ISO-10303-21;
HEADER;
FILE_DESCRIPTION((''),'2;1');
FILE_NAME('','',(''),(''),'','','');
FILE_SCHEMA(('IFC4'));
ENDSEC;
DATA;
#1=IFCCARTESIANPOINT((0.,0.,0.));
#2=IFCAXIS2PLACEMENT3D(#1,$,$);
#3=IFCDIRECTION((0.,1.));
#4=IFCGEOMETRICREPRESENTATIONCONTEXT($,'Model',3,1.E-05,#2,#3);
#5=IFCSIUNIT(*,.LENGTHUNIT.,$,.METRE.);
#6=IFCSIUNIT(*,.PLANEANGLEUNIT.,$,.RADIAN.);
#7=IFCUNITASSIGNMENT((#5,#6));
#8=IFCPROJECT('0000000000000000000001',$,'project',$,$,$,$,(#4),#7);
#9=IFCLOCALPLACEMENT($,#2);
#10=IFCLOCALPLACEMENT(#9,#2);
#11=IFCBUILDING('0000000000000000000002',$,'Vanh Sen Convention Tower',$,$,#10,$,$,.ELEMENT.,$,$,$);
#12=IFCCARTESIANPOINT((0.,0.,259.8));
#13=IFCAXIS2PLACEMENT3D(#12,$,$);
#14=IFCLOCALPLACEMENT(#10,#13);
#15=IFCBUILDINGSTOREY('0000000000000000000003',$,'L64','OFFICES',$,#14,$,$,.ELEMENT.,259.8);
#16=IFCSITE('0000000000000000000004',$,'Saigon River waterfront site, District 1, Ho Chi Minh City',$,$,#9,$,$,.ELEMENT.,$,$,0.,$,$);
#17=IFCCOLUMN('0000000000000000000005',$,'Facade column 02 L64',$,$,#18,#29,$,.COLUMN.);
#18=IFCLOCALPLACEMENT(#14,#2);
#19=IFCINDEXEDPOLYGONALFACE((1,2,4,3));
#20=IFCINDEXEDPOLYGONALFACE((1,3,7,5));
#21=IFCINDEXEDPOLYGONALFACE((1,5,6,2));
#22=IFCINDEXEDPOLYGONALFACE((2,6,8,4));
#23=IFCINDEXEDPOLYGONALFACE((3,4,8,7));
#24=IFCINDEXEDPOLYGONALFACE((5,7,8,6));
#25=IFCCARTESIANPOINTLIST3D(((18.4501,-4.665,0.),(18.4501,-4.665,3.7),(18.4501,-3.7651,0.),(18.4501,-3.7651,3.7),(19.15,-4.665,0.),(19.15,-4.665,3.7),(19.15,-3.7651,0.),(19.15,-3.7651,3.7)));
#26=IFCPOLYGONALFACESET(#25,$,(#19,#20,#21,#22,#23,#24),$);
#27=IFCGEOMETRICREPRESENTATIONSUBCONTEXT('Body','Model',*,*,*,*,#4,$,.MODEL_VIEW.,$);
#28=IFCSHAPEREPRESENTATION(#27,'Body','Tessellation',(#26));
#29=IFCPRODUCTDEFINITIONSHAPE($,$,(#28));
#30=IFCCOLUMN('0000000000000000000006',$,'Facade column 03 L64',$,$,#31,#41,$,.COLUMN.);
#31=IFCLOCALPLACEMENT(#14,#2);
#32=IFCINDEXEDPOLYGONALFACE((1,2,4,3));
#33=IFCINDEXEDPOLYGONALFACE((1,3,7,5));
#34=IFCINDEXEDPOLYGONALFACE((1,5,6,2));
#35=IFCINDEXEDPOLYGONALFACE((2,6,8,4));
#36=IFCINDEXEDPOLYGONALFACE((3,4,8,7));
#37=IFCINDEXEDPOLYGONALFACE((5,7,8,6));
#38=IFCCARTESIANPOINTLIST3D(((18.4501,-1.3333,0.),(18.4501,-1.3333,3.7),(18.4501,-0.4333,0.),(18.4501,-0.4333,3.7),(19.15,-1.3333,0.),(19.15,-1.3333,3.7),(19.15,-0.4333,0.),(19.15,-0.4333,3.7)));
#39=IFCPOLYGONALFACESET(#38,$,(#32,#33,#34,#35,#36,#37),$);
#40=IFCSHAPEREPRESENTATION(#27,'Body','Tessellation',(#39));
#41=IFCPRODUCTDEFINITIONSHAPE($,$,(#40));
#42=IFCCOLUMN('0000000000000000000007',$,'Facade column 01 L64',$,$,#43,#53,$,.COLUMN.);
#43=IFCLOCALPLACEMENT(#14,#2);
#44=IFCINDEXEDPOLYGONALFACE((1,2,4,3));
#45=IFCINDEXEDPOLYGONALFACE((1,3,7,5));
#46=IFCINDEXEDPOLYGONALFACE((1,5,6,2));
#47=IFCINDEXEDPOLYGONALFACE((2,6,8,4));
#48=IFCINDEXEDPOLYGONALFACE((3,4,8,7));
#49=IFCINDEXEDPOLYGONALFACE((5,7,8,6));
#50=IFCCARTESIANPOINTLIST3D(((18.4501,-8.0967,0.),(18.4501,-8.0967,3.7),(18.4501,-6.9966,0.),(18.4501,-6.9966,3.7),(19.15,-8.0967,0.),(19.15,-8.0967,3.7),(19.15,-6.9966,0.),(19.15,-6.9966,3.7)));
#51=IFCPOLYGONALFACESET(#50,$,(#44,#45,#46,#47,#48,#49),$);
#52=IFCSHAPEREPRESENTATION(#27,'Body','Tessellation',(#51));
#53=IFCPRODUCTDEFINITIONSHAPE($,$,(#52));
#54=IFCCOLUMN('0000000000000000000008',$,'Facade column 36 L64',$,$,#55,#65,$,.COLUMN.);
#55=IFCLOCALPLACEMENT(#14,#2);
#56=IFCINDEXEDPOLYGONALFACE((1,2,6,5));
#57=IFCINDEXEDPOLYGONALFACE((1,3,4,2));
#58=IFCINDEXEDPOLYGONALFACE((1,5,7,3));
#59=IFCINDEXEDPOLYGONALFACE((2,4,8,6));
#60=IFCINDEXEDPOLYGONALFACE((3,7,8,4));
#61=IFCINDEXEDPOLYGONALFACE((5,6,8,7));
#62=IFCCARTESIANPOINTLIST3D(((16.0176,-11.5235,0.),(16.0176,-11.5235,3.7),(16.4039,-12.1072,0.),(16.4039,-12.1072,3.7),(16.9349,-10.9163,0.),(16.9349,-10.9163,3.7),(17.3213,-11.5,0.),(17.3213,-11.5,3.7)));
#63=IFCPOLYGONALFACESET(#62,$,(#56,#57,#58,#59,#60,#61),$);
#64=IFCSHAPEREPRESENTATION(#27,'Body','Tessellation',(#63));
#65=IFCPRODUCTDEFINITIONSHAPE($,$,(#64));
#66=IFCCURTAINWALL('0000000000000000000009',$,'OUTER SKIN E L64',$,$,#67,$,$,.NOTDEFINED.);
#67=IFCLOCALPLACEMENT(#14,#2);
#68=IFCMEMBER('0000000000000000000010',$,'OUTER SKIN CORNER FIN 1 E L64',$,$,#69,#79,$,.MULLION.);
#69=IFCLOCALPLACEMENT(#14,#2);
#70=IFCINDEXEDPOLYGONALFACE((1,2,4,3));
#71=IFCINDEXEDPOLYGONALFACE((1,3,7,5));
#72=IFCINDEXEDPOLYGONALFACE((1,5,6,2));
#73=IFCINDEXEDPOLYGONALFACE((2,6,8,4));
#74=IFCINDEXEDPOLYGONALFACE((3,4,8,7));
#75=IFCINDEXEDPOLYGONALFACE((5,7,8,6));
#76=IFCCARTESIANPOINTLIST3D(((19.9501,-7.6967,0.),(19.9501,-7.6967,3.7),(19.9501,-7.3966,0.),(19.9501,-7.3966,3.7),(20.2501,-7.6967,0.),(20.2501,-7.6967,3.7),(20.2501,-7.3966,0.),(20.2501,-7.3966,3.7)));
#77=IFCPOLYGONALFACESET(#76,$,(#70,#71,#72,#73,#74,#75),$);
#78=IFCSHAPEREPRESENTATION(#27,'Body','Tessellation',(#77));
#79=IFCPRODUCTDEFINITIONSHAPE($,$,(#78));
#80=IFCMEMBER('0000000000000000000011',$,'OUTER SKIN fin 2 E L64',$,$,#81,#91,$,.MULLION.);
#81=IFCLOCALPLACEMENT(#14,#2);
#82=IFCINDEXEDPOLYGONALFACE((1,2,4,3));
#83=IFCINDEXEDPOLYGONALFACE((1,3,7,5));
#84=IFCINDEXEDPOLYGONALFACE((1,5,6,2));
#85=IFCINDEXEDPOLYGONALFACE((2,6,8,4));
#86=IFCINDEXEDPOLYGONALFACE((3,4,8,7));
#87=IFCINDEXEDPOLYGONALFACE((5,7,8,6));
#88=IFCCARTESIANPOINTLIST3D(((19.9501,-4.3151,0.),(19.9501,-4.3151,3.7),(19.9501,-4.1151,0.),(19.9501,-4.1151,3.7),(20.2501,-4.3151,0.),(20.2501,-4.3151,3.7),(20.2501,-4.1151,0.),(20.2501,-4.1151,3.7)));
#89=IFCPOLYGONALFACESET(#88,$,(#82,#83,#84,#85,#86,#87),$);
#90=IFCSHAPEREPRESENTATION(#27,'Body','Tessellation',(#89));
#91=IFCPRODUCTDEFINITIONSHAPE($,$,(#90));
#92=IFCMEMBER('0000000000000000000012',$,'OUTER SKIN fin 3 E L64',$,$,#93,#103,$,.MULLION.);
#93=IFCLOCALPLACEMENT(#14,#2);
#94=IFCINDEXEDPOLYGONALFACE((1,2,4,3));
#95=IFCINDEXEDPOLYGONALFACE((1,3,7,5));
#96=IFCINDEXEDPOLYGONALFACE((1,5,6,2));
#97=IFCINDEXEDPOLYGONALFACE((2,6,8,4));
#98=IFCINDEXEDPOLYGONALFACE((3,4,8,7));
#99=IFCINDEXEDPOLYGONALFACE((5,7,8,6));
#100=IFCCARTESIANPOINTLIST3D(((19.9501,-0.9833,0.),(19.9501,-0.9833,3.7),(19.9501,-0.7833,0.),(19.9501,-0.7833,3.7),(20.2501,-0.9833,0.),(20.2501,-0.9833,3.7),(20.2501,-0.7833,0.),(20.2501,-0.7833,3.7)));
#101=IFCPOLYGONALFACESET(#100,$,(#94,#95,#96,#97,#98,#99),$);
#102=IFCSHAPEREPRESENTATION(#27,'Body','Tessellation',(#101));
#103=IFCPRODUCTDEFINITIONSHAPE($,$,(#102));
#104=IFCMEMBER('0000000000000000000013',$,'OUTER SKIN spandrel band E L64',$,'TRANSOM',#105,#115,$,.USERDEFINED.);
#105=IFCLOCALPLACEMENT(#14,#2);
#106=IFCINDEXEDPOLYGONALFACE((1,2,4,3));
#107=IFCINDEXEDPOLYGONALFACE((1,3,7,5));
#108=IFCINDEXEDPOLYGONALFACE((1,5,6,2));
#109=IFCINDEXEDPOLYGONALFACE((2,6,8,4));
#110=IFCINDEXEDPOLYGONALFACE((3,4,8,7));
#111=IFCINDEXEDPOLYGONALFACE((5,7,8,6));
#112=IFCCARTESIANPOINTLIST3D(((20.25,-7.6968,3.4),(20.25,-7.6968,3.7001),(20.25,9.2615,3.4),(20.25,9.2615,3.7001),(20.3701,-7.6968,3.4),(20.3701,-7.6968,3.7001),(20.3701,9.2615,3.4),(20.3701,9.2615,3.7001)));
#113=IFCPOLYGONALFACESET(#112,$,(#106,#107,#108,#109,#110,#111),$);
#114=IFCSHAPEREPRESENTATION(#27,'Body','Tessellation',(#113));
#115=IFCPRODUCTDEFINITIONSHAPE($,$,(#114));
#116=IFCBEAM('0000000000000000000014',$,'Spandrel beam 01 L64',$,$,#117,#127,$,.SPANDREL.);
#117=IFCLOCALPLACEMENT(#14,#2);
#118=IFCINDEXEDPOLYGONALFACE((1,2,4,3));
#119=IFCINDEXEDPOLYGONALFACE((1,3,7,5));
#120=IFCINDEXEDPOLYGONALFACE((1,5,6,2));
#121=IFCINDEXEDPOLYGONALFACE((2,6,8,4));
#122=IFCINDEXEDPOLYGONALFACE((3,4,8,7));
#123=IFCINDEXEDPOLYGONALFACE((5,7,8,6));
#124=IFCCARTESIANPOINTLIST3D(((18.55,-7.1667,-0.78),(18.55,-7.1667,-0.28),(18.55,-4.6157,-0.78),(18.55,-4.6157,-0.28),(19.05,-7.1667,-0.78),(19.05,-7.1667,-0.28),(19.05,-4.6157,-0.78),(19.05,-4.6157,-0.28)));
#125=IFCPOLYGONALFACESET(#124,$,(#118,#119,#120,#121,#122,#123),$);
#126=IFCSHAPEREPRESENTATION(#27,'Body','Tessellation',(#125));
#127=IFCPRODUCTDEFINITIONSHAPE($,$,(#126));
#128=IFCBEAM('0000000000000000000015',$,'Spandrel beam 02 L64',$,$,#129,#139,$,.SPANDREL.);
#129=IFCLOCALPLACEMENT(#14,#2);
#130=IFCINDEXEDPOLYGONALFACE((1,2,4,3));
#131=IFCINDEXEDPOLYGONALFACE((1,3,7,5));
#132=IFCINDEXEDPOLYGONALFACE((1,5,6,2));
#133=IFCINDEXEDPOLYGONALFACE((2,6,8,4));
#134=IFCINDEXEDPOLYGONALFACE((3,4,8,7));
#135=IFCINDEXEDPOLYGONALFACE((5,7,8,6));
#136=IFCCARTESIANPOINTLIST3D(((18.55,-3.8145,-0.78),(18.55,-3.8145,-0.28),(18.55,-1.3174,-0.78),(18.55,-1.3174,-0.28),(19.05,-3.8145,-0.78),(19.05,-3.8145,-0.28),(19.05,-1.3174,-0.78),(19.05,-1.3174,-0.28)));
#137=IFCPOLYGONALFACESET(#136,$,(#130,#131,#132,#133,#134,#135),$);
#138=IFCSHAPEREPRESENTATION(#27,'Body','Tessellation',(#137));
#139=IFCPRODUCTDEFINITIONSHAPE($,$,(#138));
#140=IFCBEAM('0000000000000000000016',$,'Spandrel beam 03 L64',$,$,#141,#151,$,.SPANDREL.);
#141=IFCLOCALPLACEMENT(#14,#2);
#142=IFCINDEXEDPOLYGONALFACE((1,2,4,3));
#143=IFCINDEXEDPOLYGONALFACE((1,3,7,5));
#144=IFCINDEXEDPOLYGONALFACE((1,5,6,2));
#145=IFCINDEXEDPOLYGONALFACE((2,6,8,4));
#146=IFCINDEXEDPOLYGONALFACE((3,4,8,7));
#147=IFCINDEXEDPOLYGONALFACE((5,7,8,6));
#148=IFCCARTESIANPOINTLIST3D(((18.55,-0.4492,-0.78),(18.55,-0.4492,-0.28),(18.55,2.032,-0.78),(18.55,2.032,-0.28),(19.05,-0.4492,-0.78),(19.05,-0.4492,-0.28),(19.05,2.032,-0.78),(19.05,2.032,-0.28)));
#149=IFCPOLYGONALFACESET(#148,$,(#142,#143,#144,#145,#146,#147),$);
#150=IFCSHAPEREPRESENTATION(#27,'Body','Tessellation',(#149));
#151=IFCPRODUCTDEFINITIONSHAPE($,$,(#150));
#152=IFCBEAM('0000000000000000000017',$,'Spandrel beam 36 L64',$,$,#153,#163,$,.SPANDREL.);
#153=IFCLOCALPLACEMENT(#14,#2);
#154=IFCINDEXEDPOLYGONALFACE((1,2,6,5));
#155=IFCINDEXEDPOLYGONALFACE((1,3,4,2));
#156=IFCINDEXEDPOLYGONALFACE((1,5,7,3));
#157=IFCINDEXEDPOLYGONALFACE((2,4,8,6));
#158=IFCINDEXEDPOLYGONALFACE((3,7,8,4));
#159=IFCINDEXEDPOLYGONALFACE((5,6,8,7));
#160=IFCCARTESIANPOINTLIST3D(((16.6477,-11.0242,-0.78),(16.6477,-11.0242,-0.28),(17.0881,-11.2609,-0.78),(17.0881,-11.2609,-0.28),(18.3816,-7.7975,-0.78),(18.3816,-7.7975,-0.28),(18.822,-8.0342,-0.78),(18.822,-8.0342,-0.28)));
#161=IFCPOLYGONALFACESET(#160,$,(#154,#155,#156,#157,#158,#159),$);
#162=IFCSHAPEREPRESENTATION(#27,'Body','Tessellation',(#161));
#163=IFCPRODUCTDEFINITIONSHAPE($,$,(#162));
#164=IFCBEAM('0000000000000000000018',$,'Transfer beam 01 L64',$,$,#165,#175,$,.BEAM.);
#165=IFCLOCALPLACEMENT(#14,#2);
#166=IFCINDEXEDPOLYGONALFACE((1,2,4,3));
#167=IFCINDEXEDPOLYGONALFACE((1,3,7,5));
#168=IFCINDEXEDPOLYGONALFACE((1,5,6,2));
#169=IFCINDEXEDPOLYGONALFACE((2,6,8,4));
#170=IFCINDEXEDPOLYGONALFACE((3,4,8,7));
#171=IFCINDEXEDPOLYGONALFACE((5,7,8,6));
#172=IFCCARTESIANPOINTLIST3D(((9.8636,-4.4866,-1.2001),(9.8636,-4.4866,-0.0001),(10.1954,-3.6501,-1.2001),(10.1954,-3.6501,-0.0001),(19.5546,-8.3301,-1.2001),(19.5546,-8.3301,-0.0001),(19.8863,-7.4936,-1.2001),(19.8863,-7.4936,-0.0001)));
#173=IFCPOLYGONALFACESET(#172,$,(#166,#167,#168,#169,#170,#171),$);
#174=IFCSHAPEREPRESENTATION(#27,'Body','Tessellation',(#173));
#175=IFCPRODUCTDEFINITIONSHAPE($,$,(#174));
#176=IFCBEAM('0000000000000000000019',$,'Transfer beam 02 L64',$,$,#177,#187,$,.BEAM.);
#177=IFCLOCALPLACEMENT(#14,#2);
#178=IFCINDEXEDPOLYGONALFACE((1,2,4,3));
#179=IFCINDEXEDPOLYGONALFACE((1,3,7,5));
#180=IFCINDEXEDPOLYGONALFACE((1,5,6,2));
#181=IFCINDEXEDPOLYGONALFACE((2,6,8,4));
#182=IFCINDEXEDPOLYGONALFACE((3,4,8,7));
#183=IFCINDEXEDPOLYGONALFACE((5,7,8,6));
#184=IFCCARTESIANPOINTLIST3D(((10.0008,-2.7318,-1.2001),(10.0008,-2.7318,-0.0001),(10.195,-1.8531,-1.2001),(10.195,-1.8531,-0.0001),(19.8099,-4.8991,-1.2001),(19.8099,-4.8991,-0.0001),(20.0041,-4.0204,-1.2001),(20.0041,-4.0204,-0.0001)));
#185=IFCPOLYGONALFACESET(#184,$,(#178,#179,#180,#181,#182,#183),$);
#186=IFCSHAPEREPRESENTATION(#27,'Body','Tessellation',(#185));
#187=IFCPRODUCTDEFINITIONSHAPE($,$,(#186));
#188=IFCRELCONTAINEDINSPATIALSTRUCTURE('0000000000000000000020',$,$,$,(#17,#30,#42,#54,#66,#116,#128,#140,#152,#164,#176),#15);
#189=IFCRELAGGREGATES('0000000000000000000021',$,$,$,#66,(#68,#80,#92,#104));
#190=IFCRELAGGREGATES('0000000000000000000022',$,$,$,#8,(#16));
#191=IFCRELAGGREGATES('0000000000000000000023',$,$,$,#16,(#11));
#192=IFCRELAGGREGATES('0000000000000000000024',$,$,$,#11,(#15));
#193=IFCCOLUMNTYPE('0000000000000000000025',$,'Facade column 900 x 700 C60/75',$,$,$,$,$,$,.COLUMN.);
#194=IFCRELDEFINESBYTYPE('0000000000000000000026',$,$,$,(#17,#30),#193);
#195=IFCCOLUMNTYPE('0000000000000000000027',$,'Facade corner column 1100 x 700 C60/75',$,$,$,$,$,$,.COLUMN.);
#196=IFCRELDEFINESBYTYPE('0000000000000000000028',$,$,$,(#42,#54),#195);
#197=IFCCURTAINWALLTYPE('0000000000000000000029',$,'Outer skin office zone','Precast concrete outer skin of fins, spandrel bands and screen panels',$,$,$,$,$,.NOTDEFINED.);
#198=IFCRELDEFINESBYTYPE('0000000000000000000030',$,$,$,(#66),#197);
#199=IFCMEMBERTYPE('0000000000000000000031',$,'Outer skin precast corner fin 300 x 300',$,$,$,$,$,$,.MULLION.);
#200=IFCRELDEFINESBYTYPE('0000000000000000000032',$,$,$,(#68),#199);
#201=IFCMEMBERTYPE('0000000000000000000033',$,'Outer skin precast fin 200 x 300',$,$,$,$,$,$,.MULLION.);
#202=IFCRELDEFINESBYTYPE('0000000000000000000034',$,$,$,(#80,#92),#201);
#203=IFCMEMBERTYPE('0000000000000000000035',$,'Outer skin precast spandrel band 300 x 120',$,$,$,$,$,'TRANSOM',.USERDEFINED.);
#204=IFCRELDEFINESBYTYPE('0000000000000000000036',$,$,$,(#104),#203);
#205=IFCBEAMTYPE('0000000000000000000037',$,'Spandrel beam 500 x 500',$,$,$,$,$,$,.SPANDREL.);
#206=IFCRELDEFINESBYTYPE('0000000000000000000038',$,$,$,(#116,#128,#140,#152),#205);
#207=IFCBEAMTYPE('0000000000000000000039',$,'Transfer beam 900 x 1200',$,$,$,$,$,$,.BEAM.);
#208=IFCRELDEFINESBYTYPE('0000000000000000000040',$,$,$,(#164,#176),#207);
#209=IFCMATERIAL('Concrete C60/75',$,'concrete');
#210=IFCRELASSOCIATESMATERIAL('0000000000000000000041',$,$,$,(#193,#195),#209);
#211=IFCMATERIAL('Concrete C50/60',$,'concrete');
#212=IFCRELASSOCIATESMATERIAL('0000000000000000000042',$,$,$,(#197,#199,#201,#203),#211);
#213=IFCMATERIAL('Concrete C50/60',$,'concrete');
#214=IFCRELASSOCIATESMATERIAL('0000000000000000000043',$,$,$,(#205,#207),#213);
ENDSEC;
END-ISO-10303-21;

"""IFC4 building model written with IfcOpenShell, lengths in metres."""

from ifc_helpers import new_model, si_unit, direction, frame, origin, origin_2d, place, context, subcontext, project, spatial, rectangle, extrude, material, material_profile, profile_set, type_object, element, aggregate, save


model = new_model("IFC4")

# Units and contexts
model_context = context("Model", 3, precision=1e-05, world=origin(), true_north=direction((0.0, 1.0)))
body_context = subcontext(model_context, "Body", "Model", "MODEL_VIEW")
ifc_project = project(units=[si_unit("LENGTHUNIT", "METRE"), si_unit("PLANEANGLEUNIT", "RADIAN")], contexts=[model_context])

# Site, building, storey
site_placement = place(None, origin())
site = spatial("IfcSite", under=ifc_project, at=site_placement, Name="Saigon River waterfront site, District 1, Ho Chi Minh City", CompositionType="ELEMENT", RefElevation=0.0)
building_placement = place(site_placement, origin())
building = spatial("IfcBuilding", under=site, at=building_placement, Name="Vanh Sen Convention Tower", CompositionType="ELEMENT")
storey_placement = place(building_placement, frame((0.0, 0.0, 259.8)))
storey = spatial("IfcBuildingStorey", under=building, at=storey_placement, Name="L64", Description="OFFICES", CompositionType="ELEMENT", Elevation=259.8)

# Columns
ifc_material_1 = material(Name="Concrete C60/75", Category="concrete")
ifc_material_profile_1 = material_profile(ifc_material_1, rectangle(XDim=0.8999, YDim=0.7, at=origin_2d()), Name="RC 900X700")
ifc_profile_set_1 = profile_set([ifc_material_profile_1], Name="Concrete C60/75")
column_type_1 = type_object("IfcColumnType", Name="Facade column 900 x 700 C60/75", PredefinedType="COLUMN", material=ifc_profile_set_1)
for number, where, z_axis, x_axis, name in (
    (1, (18.8, -4.2151, 0.0), (0.0, 0.0, 1.0), (0.0, 1.0, 0.0), "Facade column 02 L64"),
    (2, (18.8, -0.8833, 0.0), (0.0, 0.0, 1.0), (0.0, 1.0, 0.0), "Facade column 03 L64"),
):
    element("IfcColumn", number, at=place(storey_placement, frame(where, z_axis=z_axis, x_axis=x_axis)), inside=storey, type_object=column_type_1, Name=name, PredefinedType="COLUMN", context=body_context, shape_type="SweptSolid", body=[
        extrude(rectangle(XDim=0.8999, YDim=0.7, at=origin_2d()), origin(), (0.0, 0.0, 1.0), 3.7),
    ])
ifc_material_profile_2 = material_profile(ifc_material_1, rectangle(XDim=1.1001, YDim=0.7, at=origin_2d()), Name="RC 1100X700")
ifc_profile_set_2 = profile_set([ifc_material_profile_2], Name="Concrete C60/75")
column_type_2 = type_object("IfcColumnType", Name="Facade corner column 1100 x 700 C60/75", PredefinedType="COLUMN", material=ifc_profile_set_2)
for number, where, z_axis, x_axis, name in (
    (3, (18.8, -7.5466, 0.0), (0.0, 0.0, 1.0), (0.0, 1.0, 0.0), "Facade column 01 L64"),
    (4, (16.6694, -11.5117, 0.0), (0.0, 0.0, 1.0), (0.833886, 0.551937, 0.0), "Facade column 36 L64"),
):
    element("IfcColumn", number, at=place(storey_placement, frame(where, z_axis=z_axis, x_axis=x_axis)), inside=storey, type_object=column_type_2, Name=name, PredefinedType="COLUMN", context=body_context, shape_type="SweptSolid", body=[
        extrude(rectangle(XDim=1.1001, YDim=0.7, at=origin_2d()), origin(), (0.0, 0.0, 1.0), 3.7),
    ])

# Curtain wall, members
ifc_material_2 = material(Name="Concrete C50/60", Category="concrete")
curtain_wall_type = type_object("IfcCurtainWallType", Name="Outer skin office zone", Description="Precast concrete outer skin of fins, spandrel bands and screen panels", PredefinedType="NOTDEFINED", material=ifc_material_2)
curtain_wall_1_placement = place(storey_placement, origin())
curtain_wall_1 = element("IfcCurtainWall", 5, at=curtain_wall_1_placement, inside=storey, type_object=curtain_wall_type, Name="OUTER SKIN E L64", PredefinedType="NOTDEFINED")
ifc_material_profile_3 = material_profile(ifc_material_2, rectangle(XDim=0.3, YDim=0.3, at=origin_2d()), Name="Outer skin precast corner fin 300 x 300")
ifc_profile_set_3 = profile_set([ifc_material_profile_3], Name="Concrete C50/60")
member_type_1 = type_object("IfcMemberType", Name="Outer skin precast corner fin 300 x 300", PredefinedType="MULLION", material=ifc_profile_set_3)
member_1_placement = place(storey_placement, frame((20.1001, -7.5466, 0.0), z_axis=(0.0, 0.0, 1.0), x_axis=(0.0, 1.0, 0.0)))
member_1 = element("IfcMember", 6, at=member_1_placement, type_object=member_type_1, Name="OUTER SKIN CORNER FIN 1 E L64", PredefinedType="MULLION", context=body_context, shape_type="SweptSolid", body=[
    extrude(rectangle(XDim=0.3, YDim=0.3, at=origin_2d()), origin(), (0.0, 0.0, 1.0), 3.7),
])
ifc_material_profile_4 = material_profile(ifc_material_2, rectangle(XDim=0.2, YDim=0.3, at=origin_2d()), Name="Outer skin precast fin 200 x 300")
ifc_profile_set_4 = profile_set([ifc_material_profile_4], Name="Concrete C50/60")
member_type_2 = type_object("IfcMemberType", Name="Outer skin precast fin 200 x 300", PredefinedType="MULLION", material=ifc_profile_set_4)
member_2_placement = place(storey_placement, frame((20.1001, -4.2151, 0.0), z_axis=(0.0, 0.0, 1.0), x_axis=(0.0, 1.0, 0.0)))
member_2 = element("IfcMember", 7, at=member_2_placement, type_object=member_type_2, Name="OUTER SKIN fin 2 E L64", PredefinedType="MULLION", context=body_context, shape_type="SweptSolid", body=[
    extrude(rectangle(XDim=0.2, YDim=0.3, at=origin_2d()), origin(), (0.0, 0.0, 1.0), 3.7),
])
member_3_placement = place(storey_placement, frame((20.1001, -0.8833, 0.0), z_axis=(0.0, 0.0, 1.0), x_axis=(0.0, 1.0, 0.0)))
member_3 = element("IfcMember", 8, at=member_3_placement, type_object=member_type_2, Name="OUTER SKIN fin 3 E L64", PredefinedType="MULLION", context=body_context, shape_type="SweptSolid", body=[
    extrude(rectangle(XDim=0.2, YDim=0.3, at=origin_2d()), origin(), (0.0, 0.0, 1.0), 3.7),
])
ifc_material_profile_5 = material_profile(ifc_material_2, rectangle(XDim=0.1201, YDim=0.3, at=origin_2d()), Name="Outer skin precast spandrel band 300 x 120")
ifc_profile_set_5 = profile_set([ifc_material_profile_5], Name="Concrete C50/60")
member_type_3 = type_object("IfcMemberType", Name="Outer skin precast spandrel band 300 x 120", ElementType="TRANSOM", PredefinedType="USERDEFINED", material=ifc_profile_set_5)
member_4_placement = place(storey_placement, frame((20.3101, -7.6968, 3.55), z_axis=(0.0, 1.0, 0.0), x_axis=(-1.0, 0.0, 0.0)))
member_4 = element("IfcMember", 9, at=member_4_placement, type_object=member_type_3, Name="OUTER SKIN spandrel band E L64", ObjectType="TRANSOM", PredefinedType="USERDEFINED", context=body_context, shape_type="SweptSolid", body=[
    extrude(rectangle(XDim=0.1201, YDim=0.3, at=origin_2d()), origin(), (0.0, 0.0, 1.0), 16.9583),
])

# Beams
ifc_material_3 = material(Name="Concrete C50/60", Category="concrete")
ifc_material_profile_6 = material_profile(ifc_material_3, rectangle(XDim=0.5, YDim=0.5, at=origin_2d()), Name="RC 500X500")
ifc_profile_set_6 = profile_set([ifc_material_profile_6], Name="Concrete C50/60")
beam_type_1 = type_object("IfcBeamType", Name="Spandrel beam 500 x 500", PredefinedType="SPANDREL", material=ifc_profile_set_6)
beam_1_placement = place(storey_placement, frame((18.8, -7.1667, -0.53), z_axis=(0.0, 1.0, 0.0), x_axis=(-1.0, 0.0, 0.0)))
element("IfcBeam", 10, at=beam_1_placement, inside=storey, type_object=beam_type_1, Name="Spandrel beam 01 L64", PredefinedType="SPANDREL", context=body_context, shape_type="SweptSolid", body=[
    extrude(rectangle(XDim=0.5, YDim=0.5, at=origin_2d()), origin(), (0.0, 0.0, 1.0), 2.551),
])
beam_2_placement = place(storey_placement, frame((18.8, -3.8145, -0.53), z_axis=(0.0, 1.0, 0.0), x_axis=(-1.0, 0.0, 0.0)))
element("IfcBeam", 11, at=beam_2_placement, inside=storey, type_object=beam_type_1, Name="Spandrel beam 02 L64", PredefinedType="SPANDREL", context=body_context, shape_type="SweptSolid", body=[
    extrude(rectangle(XDim=0.5, YDim=0.5, at=origin_2d()), origin(), (0.0, 0.0, 1.0), 2.4971),
])
beam_3_placement = place(storey_placement, frame((18.8, -0.4492, -0.53), z_axis=(0.0, 1.0, 0.0), x_axis=(-1.0, 0.0, 0.0)))
element("IfcBeam", 12, at=beam_3_placement, inside=storey, type_object=beam_type_1, Name="Spandrel beam 03 L64", PredefinedType="SPANDREL", context=body_context, shape_type="SweptSolid", body=[
    extrude(rectangle(XDim=0.5, YDim=0.5, at=origin_2d()), origin(), (0.0, 0.0, 1.0), 2.4812),
])
beam_4_placement = place(storey_placement, frame((16.8679, -11.1426, -0.53), z_axis=(0.473333, 0.880884, 0.0), x_axis=(-0.880884, 0.473333, 0.0)))
element("IfcBeam", 13, at=beam_4_placement, inside=storey, type_object=beam_type_1, Name="Spandrel beam 36 L64", PredefinedType="SPANDREL", context=body_context, shape_type="SweptSolid", body=[
    extrude(rectangle(XDim=0.5, YDim=0.5, at=origin_2d()), origin(), (0.0, 0.0, 1.0), 3.6631),
])
ifc_material_profile_7 = material_profile(ifc_material_3, rectangle(XDim=0.8999, YDim=1.2, at=origin_2d()), Name="RC 900X1200")
ifc_profile_set_7 = profile_set([ifc_material_profile_7], Name="Concrete C50/60")
beam_type_2 = type_object("IfcBeamType", Name="Transfer beam 900 x 1200", PredefinedType="BEAM", material=ifc_profile_set_7)
beam_5_placement = place(storey_placement, frame((19.7205, -7.9119, -0.6001), z_axis=(-0.92956, 0.368672, 0.0), x_axis=(-0.368672, -0.92956, 0.0)))
element("IfcBeam", 14, at=beam_5_placement, inside=storey, type_object=beam_type_2, Name="Transfer beam 01 L64", PredefinedType="BEAM", context=body_context, shape_type="SweptSolid", body=[
    extrude(rectangle(XDim=0.8999, YDim=1.2, at=origin_2d()), origin(), (0.0, 0.0, 1.0), 10.4253),
])
beam_6_placement = place(storey_placement, frame((19.907, -4.4597, -0.6001), z_axis=(-0.976451, 0.215739, 0.0), x_axis=(-0.215739, -0.976451, 0.0)))
element("IfcBeam", 15, at=beam_6_placement, inside=storey, type_object=beam_type_2, Name="Transfer beam 02 L64", PredefinedType="BEAM", context=body_context, shape_type="SweptSolid", body=[
    extrude(rectangle(XDim=0.8999, YDim=1.2, at=origin_2d()), origin(), (0.0, 0.0, 1.0), 10.0457),
])

aggregate(curtain_wall_1, [member_1, member_2, member_3, member_4])

save(model, "model.ifc")
